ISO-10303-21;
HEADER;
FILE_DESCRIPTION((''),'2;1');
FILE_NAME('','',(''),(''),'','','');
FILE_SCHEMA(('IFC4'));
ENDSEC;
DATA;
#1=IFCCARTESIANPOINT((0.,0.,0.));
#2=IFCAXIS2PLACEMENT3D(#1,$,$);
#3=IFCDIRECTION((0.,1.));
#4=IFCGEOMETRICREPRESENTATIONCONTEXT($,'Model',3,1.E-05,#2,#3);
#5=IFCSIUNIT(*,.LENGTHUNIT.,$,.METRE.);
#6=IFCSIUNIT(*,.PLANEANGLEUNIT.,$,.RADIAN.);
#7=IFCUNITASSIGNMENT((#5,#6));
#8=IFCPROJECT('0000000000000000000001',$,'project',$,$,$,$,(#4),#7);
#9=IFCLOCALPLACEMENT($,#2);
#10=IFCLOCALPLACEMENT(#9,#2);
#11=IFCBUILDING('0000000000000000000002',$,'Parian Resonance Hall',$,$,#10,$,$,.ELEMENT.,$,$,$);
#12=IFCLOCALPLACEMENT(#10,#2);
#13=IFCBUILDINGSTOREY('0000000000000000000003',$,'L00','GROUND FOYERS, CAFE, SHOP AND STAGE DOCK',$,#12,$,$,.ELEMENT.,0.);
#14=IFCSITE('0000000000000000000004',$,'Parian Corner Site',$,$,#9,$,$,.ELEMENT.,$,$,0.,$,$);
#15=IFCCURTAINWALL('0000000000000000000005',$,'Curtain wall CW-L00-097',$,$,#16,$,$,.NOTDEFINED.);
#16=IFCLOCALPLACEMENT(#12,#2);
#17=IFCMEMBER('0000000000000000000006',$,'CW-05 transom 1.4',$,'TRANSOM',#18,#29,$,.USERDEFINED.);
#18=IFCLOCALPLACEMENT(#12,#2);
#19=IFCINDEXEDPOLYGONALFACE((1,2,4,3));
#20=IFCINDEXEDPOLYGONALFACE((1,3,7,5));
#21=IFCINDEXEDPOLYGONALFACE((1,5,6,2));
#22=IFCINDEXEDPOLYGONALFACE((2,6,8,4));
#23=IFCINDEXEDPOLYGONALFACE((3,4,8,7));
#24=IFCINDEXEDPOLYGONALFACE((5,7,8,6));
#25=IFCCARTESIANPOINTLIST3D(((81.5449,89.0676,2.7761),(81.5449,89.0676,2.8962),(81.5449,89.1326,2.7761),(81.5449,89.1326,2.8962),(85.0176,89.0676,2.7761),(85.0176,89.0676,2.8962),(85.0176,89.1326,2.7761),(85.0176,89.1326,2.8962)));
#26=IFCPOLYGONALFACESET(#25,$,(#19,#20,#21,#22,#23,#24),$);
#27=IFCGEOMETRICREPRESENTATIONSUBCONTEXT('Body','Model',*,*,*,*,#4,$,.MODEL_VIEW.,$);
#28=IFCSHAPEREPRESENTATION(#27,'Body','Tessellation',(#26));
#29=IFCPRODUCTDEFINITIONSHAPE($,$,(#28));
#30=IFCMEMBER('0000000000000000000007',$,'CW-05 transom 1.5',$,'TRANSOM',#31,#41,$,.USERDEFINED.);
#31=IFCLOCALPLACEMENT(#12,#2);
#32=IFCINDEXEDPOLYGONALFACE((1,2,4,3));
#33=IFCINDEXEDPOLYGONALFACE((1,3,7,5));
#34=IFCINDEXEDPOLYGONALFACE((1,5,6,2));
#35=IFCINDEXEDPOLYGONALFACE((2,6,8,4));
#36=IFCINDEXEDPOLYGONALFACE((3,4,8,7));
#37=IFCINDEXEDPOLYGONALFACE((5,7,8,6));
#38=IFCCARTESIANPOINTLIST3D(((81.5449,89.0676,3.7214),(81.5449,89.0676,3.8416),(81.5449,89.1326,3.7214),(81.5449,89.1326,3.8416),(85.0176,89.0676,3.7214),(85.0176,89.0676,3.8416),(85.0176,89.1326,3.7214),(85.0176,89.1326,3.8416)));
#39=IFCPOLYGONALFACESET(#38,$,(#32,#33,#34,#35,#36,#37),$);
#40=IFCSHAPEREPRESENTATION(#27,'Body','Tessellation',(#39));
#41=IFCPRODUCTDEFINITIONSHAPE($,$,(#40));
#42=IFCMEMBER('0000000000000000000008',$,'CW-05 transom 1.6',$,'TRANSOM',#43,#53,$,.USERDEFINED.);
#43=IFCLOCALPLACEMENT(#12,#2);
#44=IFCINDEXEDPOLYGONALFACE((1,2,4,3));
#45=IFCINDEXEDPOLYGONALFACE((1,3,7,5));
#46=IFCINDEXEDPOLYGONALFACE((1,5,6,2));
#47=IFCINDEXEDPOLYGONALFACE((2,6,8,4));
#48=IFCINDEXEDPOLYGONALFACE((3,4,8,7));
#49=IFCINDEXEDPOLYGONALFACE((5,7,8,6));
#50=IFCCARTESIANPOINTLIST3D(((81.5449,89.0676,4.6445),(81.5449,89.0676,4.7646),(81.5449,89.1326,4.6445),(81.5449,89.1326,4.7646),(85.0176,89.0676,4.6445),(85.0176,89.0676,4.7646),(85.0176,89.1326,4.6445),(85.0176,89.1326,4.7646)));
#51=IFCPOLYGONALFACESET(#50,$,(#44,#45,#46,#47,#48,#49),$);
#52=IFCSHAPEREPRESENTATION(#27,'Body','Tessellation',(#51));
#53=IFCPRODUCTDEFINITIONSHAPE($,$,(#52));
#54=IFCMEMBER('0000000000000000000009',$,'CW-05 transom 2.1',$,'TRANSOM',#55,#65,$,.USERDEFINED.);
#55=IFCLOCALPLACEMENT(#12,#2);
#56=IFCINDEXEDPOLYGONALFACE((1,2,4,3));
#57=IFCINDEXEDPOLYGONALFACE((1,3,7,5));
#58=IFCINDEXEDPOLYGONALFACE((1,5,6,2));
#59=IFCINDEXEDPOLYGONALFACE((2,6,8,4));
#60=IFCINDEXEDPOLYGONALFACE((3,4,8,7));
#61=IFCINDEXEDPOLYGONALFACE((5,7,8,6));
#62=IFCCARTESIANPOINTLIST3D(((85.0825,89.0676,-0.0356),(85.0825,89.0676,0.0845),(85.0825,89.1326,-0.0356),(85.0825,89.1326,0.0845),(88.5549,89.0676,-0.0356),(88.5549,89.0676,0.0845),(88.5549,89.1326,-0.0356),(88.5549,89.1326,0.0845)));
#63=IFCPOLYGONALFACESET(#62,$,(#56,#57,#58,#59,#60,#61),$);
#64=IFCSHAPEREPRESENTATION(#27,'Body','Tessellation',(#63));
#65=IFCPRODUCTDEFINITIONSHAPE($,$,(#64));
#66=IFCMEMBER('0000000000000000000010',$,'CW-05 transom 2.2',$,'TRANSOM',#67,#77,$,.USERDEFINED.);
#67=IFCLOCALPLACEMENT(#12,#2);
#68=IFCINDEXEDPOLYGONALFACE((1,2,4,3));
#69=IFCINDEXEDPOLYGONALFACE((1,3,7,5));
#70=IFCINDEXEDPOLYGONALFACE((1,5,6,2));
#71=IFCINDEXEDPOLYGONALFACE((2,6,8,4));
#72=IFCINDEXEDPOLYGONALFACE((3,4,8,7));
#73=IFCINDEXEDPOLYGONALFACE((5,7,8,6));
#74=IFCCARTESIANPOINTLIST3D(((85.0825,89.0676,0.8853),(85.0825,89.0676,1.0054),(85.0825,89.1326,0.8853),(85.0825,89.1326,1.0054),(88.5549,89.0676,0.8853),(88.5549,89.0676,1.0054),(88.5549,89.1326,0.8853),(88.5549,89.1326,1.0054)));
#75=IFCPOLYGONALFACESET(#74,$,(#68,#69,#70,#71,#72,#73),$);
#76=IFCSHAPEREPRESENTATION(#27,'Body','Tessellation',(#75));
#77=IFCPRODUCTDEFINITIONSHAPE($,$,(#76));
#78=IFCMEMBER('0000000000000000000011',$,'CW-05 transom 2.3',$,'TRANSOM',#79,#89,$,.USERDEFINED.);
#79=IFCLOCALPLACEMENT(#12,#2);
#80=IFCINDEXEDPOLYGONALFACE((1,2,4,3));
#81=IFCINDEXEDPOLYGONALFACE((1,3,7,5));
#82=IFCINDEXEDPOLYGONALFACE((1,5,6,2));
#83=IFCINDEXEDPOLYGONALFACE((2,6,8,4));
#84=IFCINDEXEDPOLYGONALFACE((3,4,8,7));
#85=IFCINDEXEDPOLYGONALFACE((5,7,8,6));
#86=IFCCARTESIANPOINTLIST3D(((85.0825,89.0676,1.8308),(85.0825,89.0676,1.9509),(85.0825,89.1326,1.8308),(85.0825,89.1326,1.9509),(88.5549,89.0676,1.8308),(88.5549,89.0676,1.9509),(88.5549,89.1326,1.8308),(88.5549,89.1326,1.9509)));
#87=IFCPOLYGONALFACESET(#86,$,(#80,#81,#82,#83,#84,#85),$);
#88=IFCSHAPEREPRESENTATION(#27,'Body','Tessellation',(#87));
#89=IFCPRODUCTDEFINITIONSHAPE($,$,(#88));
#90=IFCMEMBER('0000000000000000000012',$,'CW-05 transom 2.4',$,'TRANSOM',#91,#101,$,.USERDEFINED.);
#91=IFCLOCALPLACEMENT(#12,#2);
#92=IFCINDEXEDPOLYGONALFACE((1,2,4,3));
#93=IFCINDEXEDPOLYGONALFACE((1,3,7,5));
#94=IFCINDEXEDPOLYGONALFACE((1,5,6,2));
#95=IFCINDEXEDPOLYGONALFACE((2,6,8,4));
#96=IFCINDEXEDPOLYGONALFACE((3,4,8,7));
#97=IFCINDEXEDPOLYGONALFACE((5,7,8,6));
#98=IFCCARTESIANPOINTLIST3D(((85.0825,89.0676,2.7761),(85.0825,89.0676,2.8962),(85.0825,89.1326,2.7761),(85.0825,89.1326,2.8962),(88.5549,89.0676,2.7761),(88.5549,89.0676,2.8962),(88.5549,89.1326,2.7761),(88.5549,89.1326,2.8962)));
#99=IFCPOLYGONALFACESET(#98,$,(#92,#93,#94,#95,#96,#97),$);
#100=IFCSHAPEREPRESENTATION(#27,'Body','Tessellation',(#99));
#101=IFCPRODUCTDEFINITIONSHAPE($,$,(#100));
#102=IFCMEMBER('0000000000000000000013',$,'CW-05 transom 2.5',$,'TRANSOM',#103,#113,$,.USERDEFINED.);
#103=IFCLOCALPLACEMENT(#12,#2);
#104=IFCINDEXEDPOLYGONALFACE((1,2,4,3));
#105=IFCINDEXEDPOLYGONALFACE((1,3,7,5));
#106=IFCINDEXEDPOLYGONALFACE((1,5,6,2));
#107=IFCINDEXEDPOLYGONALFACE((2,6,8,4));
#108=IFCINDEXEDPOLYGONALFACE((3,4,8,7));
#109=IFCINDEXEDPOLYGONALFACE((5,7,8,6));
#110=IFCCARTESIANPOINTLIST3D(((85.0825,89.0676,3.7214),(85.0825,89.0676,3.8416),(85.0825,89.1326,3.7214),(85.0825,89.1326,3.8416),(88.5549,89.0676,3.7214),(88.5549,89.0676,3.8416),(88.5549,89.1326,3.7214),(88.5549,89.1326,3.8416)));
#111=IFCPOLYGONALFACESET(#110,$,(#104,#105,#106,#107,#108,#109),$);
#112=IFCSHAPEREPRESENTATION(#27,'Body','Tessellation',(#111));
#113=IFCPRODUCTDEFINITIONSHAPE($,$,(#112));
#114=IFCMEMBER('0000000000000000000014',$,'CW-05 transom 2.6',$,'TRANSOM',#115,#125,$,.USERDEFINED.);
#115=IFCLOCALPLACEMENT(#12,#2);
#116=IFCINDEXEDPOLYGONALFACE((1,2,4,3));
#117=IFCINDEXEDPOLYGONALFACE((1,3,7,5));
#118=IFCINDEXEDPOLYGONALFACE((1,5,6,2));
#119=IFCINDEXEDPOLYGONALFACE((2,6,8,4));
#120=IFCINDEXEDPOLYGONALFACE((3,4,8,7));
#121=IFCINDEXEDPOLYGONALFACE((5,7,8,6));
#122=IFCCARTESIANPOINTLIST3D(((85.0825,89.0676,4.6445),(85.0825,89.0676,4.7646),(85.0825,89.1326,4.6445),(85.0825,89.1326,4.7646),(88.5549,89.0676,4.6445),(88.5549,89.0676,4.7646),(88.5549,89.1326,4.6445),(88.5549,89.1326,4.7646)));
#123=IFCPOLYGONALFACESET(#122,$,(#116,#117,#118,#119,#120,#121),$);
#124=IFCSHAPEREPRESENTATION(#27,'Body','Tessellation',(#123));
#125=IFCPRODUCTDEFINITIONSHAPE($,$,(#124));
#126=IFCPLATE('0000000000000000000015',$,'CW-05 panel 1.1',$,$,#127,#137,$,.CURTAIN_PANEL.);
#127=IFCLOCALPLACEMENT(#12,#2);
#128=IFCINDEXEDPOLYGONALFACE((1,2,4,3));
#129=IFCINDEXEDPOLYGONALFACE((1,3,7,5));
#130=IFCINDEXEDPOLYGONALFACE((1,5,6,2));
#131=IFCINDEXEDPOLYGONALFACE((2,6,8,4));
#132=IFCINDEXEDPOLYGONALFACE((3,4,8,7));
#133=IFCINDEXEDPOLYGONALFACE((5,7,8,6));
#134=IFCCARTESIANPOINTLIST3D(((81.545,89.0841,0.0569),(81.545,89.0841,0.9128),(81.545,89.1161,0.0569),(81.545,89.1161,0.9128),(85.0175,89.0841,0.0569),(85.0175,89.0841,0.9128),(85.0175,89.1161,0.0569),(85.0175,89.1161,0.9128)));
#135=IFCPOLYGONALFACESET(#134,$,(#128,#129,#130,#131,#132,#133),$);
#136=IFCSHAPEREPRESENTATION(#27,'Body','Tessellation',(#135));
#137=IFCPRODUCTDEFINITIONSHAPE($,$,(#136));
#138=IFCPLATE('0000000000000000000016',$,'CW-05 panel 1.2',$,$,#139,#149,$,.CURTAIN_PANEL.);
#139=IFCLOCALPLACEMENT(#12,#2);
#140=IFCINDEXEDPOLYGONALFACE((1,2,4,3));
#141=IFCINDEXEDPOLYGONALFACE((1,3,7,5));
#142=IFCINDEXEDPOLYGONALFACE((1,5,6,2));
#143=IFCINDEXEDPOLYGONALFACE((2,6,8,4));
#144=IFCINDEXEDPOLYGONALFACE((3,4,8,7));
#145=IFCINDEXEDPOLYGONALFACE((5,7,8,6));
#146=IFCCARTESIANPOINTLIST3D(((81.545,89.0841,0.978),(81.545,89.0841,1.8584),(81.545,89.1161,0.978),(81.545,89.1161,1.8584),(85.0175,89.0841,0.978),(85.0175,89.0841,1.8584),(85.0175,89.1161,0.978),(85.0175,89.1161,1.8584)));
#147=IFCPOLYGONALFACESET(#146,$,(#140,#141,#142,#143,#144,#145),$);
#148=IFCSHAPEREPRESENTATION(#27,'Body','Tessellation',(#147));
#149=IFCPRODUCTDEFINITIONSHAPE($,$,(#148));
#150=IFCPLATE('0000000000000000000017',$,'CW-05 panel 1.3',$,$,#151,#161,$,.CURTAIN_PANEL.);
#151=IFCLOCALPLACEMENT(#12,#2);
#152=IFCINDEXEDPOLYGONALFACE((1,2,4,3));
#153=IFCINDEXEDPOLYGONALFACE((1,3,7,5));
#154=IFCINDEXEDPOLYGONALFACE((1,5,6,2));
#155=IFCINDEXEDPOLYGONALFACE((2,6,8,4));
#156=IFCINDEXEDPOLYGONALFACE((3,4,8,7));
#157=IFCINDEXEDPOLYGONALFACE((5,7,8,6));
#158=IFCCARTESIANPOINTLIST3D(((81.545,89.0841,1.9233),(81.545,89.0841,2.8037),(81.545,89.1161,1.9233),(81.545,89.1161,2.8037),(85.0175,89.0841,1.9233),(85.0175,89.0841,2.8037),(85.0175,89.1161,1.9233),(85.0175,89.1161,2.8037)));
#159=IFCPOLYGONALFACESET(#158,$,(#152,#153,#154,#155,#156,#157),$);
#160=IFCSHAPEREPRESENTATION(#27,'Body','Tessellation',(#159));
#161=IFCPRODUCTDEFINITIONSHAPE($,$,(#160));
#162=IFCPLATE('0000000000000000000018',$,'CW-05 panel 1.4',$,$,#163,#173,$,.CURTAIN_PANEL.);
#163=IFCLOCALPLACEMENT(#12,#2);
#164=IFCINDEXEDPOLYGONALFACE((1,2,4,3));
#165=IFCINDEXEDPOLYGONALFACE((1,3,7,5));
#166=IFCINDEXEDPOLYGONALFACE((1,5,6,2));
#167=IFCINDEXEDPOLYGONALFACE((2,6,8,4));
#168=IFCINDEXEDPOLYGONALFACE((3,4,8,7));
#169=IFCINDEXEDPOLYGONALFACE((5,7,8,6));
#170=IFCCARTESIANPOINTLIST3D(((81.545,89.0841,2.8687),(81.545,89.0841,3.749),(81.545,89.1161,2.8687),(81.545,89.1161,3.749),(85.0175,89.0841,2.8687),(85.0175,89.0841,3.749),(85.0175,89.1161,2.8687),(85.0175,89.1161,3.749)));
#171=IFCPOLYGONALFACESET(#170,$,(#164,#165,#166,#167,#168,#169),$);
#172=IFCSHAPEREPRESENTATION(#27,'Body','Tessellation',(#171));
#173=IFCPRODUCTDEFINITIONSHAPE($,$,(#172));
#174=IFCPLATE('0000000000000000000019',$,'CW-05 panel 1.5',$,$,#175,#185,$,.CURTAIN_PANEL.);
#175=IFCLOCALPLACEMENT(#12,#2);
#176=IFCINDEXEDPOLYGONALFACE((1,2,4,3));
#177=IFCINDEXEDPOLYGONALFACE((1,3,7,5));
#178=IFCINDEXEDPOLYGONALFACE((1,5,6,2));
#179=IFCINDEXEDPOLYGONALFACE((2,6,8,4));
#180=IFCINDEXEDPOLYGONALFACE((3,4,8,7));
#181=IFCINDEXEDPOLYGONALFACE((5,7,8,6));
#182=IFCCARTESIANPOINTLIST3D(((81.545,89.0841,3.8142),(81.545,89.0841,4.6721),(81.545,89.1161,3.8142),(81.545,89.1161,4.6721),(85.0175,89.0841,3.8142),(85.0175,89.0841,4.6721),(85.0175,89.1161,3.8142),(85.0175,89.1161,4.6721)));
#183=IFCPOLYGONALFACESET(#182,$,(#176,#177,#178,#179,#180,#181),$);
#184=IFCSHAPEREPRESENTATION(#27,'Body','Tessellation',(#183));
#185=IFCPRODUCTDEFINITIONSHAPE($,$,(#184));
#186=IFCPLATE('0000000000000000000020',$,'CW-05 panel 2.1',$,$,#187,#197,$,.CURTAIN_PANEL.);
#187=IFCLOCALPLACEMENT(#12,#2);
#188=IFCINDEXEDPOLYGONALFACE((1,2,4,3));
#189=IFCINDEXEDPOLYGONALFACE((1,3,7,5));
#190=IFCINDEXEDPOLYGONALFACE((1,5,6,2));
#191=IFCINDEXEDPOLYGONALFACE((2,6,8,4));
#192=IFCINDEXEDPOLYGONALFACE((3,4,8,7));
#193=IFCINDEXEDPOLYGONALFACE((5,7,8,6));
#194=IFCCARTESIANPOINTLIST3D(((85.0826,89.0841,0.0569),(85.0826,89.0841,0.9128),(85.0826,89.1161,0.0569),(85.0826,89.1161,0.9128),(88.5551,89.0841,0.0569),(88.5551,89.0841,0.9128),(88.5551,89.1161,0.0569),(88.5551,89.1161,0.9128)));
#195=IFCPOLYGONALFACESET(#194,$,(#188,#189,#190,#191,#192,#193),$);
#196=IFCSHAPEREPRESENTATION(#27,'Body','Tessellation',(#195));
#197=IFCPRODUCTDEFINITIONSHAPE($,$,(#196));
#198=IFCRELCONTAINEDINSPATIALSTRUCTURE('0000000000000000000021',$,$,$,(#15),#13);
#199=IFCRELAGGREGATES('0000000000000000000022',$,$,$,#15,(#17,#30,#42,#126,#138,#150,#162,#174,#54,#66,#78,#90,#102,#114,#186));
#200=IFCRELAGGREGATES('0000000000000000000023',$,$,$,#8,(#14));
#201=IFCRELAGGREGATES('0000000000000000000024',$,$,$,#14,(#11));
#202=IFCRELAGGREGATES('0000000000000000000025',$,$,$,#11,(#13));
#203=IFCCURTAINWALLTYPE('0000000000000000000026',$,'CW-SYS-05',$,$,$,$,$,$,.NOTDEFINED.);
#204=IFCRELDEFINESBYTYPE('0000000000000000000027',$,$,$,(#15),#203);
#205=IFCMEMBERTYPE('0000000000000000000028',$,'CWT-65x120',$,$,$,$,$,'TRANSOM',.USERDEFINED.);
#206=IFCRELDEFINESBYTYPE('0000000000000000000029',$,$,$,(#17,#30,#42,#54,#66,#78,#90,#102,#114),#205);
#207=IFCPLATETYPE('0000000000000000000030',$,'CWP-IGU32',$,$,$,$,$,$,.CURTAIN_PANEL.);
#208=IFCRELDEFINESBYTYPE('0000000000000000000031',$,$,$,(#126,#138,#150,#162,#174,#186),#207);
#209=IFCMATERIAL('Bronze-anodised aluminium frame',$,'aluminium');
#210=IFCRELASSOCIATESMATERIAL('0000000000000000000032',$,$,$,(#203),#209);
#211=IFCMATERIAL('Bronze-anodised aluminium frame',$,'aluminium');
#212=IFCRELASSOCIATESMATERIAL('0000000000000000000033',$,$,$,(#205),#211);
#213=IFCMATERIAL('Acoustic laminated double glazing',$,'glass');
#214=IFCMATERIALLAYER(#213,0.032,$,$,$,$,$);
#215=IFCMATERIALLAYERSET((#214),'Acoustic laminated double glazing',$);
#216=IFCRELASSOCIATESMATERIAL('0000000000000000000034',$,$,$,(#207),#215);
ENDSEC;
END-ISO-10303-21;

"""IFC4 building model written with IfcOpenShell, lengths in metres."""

from ifc_helpers import new_model, si_unit, direction, frame, origin, origin_2d, place, context, subcontext, project, spatial, rectangle, extrude, material, layer, layer_set, material_profile, profile_set, type_object, element, aggregate, save


model = new_model("IFC4")

# Units and contexts
model_context = context("Model", 3, precision=1e-05, world=origin(), true_north=direction((0.0, 1.0)))
body_context = subcontext(model_context, "Body", "Model", "MODEL_VIEW")
ifc_project = project(units=[si_unit("LENGTHUNIT", "METRE"), si_unit("PLANEANGLEUNIT", "RADIAN")], contexts=[model_context])

# Site, building, storey
site_placement = place(None, origin())
site = spatial("IfcSite", under=ifc_project, at=site_placement, Name="Parian Corner Site", CompositionType="ELEMENT", RefElevation=0.0)
building_placement = place(site_placement, origin())
building = spatial("IfcBuilding", under=site, at=building_placement, Name="Parian Resonance Hall", CompositionType="ELEMENT")
storey_placement = place(building_placement, origin())
storey = spatial("IfcBuildingStorey", under=building, at=storey_placement, Name="L00", Description="GROUND FOYERS, CAFE, SHOP AND STAGE DOCK", CompositionType="ELEMENT", Elevation=0.0)

# Curtain wall, members, plates
ifc_material_1 = material(Name="Bronze-anodised aluminium frame", Category="aluminium")
curtain_wall_type = type_object("IfcCurtainWallType", Name="CW-SYS-05", PredefinedType="NOTDEFINED", material=ifc_material_1)
curtain_wall_placement = place(storey_placement, origin())
curtain_wall = element("IfcCurtainWall", 1, at=curtain_wall_placement, inside=storey, type_object=curtain_wall_type, Name="Curtain wall CW-L00-097", PredefinedType="NOTDEFINED")
ifc_material_2 = material(Name="Bronze-anodised aluminium frame", Category="aluminium")
ifc_material_profile_1 = material_profile(ifc_material_2, rectangle(XDim=0.0649, YDim=0.1201, at=origin_2d()), Name="CWT-65x120")
ifc_profile_set_1 = profile_set([ifc_material_profile_1], Name="Bronze-anodised aluminium frame")
member_type_1 = type_object("IfcMemberType", Name="CWT-65x120", ElementType="TRANSOM", PredefinedType="USERDEFINED", material=ifc_profile_set_1)
member_1_placement = place(storey_placement, frame((81.5449, 89.1001, 2.8362), z_axis=(1.0, 0.0, 0.0), x_axis=(0.0, 1.0, 0.0)))
member_1 = element("IfcMember", 2, at=member_1_placement, type_object=member_type_1, Name="CW-05 transom 1.4", ObjectType="TRANSOM", PredefinedType="USERDEFINED", context=body_context, shape_type="SweptSolid", body=[
    extrude(rectangle(XDim=0.0649, YDim=0.1201, at=origin_2d()), origin(), (0.0, 0.0, 1.0), 3.4727),
])
member_2_placement = place(storey_placement, frame((81.5449, 89.1001, 3.7815), z_axis=(1.0, 0.0, 0.0), x_axis=(0.0, 1.0, 0.0)))
member_2 = element("IfcMember", 3, at=member_2_placement, type_object=member_type_1, Name="CW-05 transom 1.5", ObjectType="TRANSOM", PredefinedType="USERDEFINED", context=body_context, shape_type="SweptSolid", body=[
    extrude(rectangle(XDim=0.0649, YDim=0.1201, at=origin_2d()), origin(), (0.0, 0.0, 1.0), 3.4727),
])
member_3_placement = place(storey_placement, frame((81.5449, 89.1001, 4.7046), z_axis=(1.0, 0.0, 0.0), x_axis=(0.0, 1.0, 0.0)))
member_3 = element("IfcMember", 4, at=member_3_placement, type_object=member_type_1, Name="CW-05 transom 1.6", ObjectType="TRANSOM", PredefinedType="USERDEFINED", context=body_context, shape_type="SweptSolid", body=[
    extrude(rectangle(XDim=0.0649, YDim=0.1201, at=origin_2d()), origin(), (0.0, 0.0, 1.0), 3.4727),
])
member_4_placement = place(storey_placement, frame((85.0825, 89.1001, 0.0244), z_axis=(1.0, 0.0, 0.0), x_axis=(0.0, 1.0, 0.0)))
member_4 = element("IfcMember", 5, at=member_4_placement, type_object=member_type_1, Name="CW-05 transom 2.1", ObjectType="TRANSOM", PredefinedType="USERDEFINED", context=body_context, shape_type="SweptSolid", body=[
    extrude(rectangle(XDim=0.0649, YDim=0.1201, at=origin_2d()), origin(), (0.0, 0.0, 1.0), 3.4724),
])
member_5_placement = place(storey_placement, frame((85.0825, 89.1001, 0.9453), z_axis=(1.0, 0.0, 0.0), x_axis=(0.0, 1.0, 0.0)))
member_5 = element("IfcMember", 6, at=member_5_placement, type_object=member_type_1, Name="CW-05 transom 2.2", ObjectType="TRANSOM", PredefinedType="USERDEFINED", context=body_context, shape_type="SweptSolid", body=[
    extrude(rectangle(XDim=0.0649, YDim=0.1201, at=origin_2d()), origin(), (0.0, 0.0, 1.0), 3.4724),
])
member_6_placement = place(storey_placement, frame((85.0825, 89.1001, 1.8909), z_axis=(1.0, 0.0, 0.0), x_axis=(0.0, 1.0, 0.0)))
member_6 = element("IfcMember", 7, at=member_6_placement, type_object=member_type_1, Name="CW-05 transom 2.3", ObjectType="TRANSOM", PredefinedType="USERDEFINED", context=body_context, shape_type="SweptSolid", body=[
    extrude(rectangle(XDim=0.0649, YDim=0.1201, at=origin_2d()), origin(), (0.0, 0.0, 1.0), 3.4724),
])
member_7_placement = place(storey_placement, frame((85.0825, 89.1001, 2.8362), z_axis=(1.0, 0.0, 0.0), x_axis=(0.0, 1.0, 0.0)))
member_7 = element("IfcMember", 8, at=member_7_placement, type_object=member_type_1, Name="CW-05 transom 2.4", ObjectType="TRANSOM", PredefinedType="USERDEFINED", context=body_context, shape_type="SweptSolid", body=[
    extrude(rectangle(XDim=0.0649, YDim=0.1201, at=origin_2d()), origin(), (0.0, 0.0, 1.0), 3.4724),
])
member_8_placement = place(storey_placement, frame((85.0825, 89.1001, 3.7815), z_axis=(1.0, 0.0, 0.0), x_axis=(0.0, 1.0, 0.0)))
member_8 = element("IfcMember", 9, at=member_8_placement, type_object=member_type_1, Name="CW-05 transom 2.5", ObjectType="TRANSOM", PredefinedType="USERDEFINED", context=body_context, shape_type="SweptSolid", body=[
    extrude(rectangle(XDim=0.0649, YDim=0.1201, at=origin_2d()), origin(), (0.0, 0.0, 1.0), 3.4724),
])
member_9_placement = place(storey_placement, frame((85.0825, 89.1001, 4.7046), z_axis=(1.0, 0.0, 0.0), x_axis=(0.0, 1.0, 0.0)))
member_9 = element("IfcMember", 10, at=member_9_placement, type_object=member_type_1, Name="CW-05 transom 2.6", ObjectType="TRANSOM", PredefinedType="USERDEFINED", context=body_context, shape_type="SweptSolid", body=[
    extrude(rectangle(XDim=0.0649, YDim=0.1201, at=origin_2d()), origin(), (0.0, 0.0, 1.0), 3.4724),
])
ifc_material_3 = material(Name="Acoustic laminated double glazing", Category="glass")
ifc_layer_1 = layer(ifc_material_3, 0.032)
ifc_layer_set_1 = layer_set([ifc_layer_1], Name="Acoustic laminated double glazing")
plate_type = type_object("IfcPlateType", Name="CWP-IGU32", PredefinedType="CURTAIN_PANEL", material=ifc_layer_set_1)
plate_1_placement = place(storey_placement, frame((83.2812, 89.1001, 0.0569), z_axis=(0.0, 0.0, 1.0), x_axis=(1.0, 0.0, 0.0)))
plate_1 = element("IfcPlate", 11, at=plate_1_placement, type_object=plate_type, Name="CW-05 panel 1.1", PredefinedType="CURTAIN_PANEL", context=body_context, shape_type="SweptSolid", body=[
    extrude(rectangle(XDim=3.4724, YDim=0.032, at=origin_2d()), origin(), (0.0, 0.0, 1.0), 0.856),
])
plate_2_placement = place(storey_placement, frame((83.2812, 89.1001, 0.978), z_axis=(0.0, 0.0, 1.0), x_axis=(1.0, 0.0, 0.0)))
plate_2 = element("IfcPlate", 12, at=plate_2_placement, type_object=plate_type, Name="CW-05 panel 1.2", PredefinedType="CURTAIN_PANEL", context=body_context, shape_type="SweptSolid", body=[
    extrude(rectangle(XDim=3.4724, YDim=0.032, at=origin_2d()), origin(), (0.0, 0.0, 1.0), 0.8804),
])
plate_3_placement = place(storey_placement, frame((83.2812, 89.1001, 1.9233), z_axis=(0.0, 0.0, 1.0), x_axis=(1.0, 0.0, 0.0)))
plate_3 = element("IfcPlate", 13, at=plate_3_placement, type_object=plate_type, Name="CW-05 panel 1.3", PredefinedType="CURTAIN_PANEL", context=body_context, shape_type="SweptSolid", body=[
    extrude(rectangle(XDim=3.4724, YDim=0.032, at=origin_2d()), origin(), (0.0, 0.0, 1.0), 0.8804),
])
plate_4_placement = place(storey_placement, frame((83.2812, 89.1001, 2.8687), z_axis=(0.0, 0.0, 1.0), x_axis=(1.0, 0.0, 0.0)))
plate_4 = element("IfcPlate", 14, at=plate_4_placement, type_object=plate_type, Name="CW-05 panel 1.4", PredefinedType="CURTAIN_PANEL", context=body_context, shape_type="SweptSolid", body=[
    extrude(rectangle(XDim=3.4724, YDim=0.032, at=origin_2d()), origin(), (0.0, 0.0, 1.0), 0.8804),
])
plate_5_placement = place(storey_placement, frame((83.2812, 89.1001, 3.8142), z_axis=(0.0, 0.0, 1.0), x_axis=(1.0, 0.0, 0.0)))
plate_5 = element("IfcPlate", 15, at=plate_5_placement, type_object=plate_type, Name="CW-05 panel 1.5", PredefinedType="CURTAIN_PANEL", context=body_context, shape_type="SweptSolid", body=[
    extrude(rectangle(XDim=3.4724, YDim=0.032, at=origin_2d()), origin(), (0.0, 0.0, 1.0), 0.8579),
])
plate_6_placement = place(storey_placement, frame((86.8188, 89.1001, 0.0569), z_axis=(0.0, 0.0, 1.0), x_axis=(1.0, 0.0, 0.0)))
plate_6 = element("IfcPlate", 16, at=plate_6_placement, type_object=plate_type, Name="CW-05 panel 2.1", PredefinedType="CURTAIN_PANEL", context=body_context, shape_type="SweptSolid", body=[
    extrude(rectangle(XDim=3.4724, YDim=0.032, at=origin_2d()), origin(), (0.0, 0.0, 1.0), 0.856),
])
aggregate(curtain_wall, [member_1, member_2, member_3, plate_1, plate_2, plate_3, plate_4, plate_5, member_4, member_5, member_6, member_7, member_8, member_9, plate_6])

save(model, "model.ifc")
